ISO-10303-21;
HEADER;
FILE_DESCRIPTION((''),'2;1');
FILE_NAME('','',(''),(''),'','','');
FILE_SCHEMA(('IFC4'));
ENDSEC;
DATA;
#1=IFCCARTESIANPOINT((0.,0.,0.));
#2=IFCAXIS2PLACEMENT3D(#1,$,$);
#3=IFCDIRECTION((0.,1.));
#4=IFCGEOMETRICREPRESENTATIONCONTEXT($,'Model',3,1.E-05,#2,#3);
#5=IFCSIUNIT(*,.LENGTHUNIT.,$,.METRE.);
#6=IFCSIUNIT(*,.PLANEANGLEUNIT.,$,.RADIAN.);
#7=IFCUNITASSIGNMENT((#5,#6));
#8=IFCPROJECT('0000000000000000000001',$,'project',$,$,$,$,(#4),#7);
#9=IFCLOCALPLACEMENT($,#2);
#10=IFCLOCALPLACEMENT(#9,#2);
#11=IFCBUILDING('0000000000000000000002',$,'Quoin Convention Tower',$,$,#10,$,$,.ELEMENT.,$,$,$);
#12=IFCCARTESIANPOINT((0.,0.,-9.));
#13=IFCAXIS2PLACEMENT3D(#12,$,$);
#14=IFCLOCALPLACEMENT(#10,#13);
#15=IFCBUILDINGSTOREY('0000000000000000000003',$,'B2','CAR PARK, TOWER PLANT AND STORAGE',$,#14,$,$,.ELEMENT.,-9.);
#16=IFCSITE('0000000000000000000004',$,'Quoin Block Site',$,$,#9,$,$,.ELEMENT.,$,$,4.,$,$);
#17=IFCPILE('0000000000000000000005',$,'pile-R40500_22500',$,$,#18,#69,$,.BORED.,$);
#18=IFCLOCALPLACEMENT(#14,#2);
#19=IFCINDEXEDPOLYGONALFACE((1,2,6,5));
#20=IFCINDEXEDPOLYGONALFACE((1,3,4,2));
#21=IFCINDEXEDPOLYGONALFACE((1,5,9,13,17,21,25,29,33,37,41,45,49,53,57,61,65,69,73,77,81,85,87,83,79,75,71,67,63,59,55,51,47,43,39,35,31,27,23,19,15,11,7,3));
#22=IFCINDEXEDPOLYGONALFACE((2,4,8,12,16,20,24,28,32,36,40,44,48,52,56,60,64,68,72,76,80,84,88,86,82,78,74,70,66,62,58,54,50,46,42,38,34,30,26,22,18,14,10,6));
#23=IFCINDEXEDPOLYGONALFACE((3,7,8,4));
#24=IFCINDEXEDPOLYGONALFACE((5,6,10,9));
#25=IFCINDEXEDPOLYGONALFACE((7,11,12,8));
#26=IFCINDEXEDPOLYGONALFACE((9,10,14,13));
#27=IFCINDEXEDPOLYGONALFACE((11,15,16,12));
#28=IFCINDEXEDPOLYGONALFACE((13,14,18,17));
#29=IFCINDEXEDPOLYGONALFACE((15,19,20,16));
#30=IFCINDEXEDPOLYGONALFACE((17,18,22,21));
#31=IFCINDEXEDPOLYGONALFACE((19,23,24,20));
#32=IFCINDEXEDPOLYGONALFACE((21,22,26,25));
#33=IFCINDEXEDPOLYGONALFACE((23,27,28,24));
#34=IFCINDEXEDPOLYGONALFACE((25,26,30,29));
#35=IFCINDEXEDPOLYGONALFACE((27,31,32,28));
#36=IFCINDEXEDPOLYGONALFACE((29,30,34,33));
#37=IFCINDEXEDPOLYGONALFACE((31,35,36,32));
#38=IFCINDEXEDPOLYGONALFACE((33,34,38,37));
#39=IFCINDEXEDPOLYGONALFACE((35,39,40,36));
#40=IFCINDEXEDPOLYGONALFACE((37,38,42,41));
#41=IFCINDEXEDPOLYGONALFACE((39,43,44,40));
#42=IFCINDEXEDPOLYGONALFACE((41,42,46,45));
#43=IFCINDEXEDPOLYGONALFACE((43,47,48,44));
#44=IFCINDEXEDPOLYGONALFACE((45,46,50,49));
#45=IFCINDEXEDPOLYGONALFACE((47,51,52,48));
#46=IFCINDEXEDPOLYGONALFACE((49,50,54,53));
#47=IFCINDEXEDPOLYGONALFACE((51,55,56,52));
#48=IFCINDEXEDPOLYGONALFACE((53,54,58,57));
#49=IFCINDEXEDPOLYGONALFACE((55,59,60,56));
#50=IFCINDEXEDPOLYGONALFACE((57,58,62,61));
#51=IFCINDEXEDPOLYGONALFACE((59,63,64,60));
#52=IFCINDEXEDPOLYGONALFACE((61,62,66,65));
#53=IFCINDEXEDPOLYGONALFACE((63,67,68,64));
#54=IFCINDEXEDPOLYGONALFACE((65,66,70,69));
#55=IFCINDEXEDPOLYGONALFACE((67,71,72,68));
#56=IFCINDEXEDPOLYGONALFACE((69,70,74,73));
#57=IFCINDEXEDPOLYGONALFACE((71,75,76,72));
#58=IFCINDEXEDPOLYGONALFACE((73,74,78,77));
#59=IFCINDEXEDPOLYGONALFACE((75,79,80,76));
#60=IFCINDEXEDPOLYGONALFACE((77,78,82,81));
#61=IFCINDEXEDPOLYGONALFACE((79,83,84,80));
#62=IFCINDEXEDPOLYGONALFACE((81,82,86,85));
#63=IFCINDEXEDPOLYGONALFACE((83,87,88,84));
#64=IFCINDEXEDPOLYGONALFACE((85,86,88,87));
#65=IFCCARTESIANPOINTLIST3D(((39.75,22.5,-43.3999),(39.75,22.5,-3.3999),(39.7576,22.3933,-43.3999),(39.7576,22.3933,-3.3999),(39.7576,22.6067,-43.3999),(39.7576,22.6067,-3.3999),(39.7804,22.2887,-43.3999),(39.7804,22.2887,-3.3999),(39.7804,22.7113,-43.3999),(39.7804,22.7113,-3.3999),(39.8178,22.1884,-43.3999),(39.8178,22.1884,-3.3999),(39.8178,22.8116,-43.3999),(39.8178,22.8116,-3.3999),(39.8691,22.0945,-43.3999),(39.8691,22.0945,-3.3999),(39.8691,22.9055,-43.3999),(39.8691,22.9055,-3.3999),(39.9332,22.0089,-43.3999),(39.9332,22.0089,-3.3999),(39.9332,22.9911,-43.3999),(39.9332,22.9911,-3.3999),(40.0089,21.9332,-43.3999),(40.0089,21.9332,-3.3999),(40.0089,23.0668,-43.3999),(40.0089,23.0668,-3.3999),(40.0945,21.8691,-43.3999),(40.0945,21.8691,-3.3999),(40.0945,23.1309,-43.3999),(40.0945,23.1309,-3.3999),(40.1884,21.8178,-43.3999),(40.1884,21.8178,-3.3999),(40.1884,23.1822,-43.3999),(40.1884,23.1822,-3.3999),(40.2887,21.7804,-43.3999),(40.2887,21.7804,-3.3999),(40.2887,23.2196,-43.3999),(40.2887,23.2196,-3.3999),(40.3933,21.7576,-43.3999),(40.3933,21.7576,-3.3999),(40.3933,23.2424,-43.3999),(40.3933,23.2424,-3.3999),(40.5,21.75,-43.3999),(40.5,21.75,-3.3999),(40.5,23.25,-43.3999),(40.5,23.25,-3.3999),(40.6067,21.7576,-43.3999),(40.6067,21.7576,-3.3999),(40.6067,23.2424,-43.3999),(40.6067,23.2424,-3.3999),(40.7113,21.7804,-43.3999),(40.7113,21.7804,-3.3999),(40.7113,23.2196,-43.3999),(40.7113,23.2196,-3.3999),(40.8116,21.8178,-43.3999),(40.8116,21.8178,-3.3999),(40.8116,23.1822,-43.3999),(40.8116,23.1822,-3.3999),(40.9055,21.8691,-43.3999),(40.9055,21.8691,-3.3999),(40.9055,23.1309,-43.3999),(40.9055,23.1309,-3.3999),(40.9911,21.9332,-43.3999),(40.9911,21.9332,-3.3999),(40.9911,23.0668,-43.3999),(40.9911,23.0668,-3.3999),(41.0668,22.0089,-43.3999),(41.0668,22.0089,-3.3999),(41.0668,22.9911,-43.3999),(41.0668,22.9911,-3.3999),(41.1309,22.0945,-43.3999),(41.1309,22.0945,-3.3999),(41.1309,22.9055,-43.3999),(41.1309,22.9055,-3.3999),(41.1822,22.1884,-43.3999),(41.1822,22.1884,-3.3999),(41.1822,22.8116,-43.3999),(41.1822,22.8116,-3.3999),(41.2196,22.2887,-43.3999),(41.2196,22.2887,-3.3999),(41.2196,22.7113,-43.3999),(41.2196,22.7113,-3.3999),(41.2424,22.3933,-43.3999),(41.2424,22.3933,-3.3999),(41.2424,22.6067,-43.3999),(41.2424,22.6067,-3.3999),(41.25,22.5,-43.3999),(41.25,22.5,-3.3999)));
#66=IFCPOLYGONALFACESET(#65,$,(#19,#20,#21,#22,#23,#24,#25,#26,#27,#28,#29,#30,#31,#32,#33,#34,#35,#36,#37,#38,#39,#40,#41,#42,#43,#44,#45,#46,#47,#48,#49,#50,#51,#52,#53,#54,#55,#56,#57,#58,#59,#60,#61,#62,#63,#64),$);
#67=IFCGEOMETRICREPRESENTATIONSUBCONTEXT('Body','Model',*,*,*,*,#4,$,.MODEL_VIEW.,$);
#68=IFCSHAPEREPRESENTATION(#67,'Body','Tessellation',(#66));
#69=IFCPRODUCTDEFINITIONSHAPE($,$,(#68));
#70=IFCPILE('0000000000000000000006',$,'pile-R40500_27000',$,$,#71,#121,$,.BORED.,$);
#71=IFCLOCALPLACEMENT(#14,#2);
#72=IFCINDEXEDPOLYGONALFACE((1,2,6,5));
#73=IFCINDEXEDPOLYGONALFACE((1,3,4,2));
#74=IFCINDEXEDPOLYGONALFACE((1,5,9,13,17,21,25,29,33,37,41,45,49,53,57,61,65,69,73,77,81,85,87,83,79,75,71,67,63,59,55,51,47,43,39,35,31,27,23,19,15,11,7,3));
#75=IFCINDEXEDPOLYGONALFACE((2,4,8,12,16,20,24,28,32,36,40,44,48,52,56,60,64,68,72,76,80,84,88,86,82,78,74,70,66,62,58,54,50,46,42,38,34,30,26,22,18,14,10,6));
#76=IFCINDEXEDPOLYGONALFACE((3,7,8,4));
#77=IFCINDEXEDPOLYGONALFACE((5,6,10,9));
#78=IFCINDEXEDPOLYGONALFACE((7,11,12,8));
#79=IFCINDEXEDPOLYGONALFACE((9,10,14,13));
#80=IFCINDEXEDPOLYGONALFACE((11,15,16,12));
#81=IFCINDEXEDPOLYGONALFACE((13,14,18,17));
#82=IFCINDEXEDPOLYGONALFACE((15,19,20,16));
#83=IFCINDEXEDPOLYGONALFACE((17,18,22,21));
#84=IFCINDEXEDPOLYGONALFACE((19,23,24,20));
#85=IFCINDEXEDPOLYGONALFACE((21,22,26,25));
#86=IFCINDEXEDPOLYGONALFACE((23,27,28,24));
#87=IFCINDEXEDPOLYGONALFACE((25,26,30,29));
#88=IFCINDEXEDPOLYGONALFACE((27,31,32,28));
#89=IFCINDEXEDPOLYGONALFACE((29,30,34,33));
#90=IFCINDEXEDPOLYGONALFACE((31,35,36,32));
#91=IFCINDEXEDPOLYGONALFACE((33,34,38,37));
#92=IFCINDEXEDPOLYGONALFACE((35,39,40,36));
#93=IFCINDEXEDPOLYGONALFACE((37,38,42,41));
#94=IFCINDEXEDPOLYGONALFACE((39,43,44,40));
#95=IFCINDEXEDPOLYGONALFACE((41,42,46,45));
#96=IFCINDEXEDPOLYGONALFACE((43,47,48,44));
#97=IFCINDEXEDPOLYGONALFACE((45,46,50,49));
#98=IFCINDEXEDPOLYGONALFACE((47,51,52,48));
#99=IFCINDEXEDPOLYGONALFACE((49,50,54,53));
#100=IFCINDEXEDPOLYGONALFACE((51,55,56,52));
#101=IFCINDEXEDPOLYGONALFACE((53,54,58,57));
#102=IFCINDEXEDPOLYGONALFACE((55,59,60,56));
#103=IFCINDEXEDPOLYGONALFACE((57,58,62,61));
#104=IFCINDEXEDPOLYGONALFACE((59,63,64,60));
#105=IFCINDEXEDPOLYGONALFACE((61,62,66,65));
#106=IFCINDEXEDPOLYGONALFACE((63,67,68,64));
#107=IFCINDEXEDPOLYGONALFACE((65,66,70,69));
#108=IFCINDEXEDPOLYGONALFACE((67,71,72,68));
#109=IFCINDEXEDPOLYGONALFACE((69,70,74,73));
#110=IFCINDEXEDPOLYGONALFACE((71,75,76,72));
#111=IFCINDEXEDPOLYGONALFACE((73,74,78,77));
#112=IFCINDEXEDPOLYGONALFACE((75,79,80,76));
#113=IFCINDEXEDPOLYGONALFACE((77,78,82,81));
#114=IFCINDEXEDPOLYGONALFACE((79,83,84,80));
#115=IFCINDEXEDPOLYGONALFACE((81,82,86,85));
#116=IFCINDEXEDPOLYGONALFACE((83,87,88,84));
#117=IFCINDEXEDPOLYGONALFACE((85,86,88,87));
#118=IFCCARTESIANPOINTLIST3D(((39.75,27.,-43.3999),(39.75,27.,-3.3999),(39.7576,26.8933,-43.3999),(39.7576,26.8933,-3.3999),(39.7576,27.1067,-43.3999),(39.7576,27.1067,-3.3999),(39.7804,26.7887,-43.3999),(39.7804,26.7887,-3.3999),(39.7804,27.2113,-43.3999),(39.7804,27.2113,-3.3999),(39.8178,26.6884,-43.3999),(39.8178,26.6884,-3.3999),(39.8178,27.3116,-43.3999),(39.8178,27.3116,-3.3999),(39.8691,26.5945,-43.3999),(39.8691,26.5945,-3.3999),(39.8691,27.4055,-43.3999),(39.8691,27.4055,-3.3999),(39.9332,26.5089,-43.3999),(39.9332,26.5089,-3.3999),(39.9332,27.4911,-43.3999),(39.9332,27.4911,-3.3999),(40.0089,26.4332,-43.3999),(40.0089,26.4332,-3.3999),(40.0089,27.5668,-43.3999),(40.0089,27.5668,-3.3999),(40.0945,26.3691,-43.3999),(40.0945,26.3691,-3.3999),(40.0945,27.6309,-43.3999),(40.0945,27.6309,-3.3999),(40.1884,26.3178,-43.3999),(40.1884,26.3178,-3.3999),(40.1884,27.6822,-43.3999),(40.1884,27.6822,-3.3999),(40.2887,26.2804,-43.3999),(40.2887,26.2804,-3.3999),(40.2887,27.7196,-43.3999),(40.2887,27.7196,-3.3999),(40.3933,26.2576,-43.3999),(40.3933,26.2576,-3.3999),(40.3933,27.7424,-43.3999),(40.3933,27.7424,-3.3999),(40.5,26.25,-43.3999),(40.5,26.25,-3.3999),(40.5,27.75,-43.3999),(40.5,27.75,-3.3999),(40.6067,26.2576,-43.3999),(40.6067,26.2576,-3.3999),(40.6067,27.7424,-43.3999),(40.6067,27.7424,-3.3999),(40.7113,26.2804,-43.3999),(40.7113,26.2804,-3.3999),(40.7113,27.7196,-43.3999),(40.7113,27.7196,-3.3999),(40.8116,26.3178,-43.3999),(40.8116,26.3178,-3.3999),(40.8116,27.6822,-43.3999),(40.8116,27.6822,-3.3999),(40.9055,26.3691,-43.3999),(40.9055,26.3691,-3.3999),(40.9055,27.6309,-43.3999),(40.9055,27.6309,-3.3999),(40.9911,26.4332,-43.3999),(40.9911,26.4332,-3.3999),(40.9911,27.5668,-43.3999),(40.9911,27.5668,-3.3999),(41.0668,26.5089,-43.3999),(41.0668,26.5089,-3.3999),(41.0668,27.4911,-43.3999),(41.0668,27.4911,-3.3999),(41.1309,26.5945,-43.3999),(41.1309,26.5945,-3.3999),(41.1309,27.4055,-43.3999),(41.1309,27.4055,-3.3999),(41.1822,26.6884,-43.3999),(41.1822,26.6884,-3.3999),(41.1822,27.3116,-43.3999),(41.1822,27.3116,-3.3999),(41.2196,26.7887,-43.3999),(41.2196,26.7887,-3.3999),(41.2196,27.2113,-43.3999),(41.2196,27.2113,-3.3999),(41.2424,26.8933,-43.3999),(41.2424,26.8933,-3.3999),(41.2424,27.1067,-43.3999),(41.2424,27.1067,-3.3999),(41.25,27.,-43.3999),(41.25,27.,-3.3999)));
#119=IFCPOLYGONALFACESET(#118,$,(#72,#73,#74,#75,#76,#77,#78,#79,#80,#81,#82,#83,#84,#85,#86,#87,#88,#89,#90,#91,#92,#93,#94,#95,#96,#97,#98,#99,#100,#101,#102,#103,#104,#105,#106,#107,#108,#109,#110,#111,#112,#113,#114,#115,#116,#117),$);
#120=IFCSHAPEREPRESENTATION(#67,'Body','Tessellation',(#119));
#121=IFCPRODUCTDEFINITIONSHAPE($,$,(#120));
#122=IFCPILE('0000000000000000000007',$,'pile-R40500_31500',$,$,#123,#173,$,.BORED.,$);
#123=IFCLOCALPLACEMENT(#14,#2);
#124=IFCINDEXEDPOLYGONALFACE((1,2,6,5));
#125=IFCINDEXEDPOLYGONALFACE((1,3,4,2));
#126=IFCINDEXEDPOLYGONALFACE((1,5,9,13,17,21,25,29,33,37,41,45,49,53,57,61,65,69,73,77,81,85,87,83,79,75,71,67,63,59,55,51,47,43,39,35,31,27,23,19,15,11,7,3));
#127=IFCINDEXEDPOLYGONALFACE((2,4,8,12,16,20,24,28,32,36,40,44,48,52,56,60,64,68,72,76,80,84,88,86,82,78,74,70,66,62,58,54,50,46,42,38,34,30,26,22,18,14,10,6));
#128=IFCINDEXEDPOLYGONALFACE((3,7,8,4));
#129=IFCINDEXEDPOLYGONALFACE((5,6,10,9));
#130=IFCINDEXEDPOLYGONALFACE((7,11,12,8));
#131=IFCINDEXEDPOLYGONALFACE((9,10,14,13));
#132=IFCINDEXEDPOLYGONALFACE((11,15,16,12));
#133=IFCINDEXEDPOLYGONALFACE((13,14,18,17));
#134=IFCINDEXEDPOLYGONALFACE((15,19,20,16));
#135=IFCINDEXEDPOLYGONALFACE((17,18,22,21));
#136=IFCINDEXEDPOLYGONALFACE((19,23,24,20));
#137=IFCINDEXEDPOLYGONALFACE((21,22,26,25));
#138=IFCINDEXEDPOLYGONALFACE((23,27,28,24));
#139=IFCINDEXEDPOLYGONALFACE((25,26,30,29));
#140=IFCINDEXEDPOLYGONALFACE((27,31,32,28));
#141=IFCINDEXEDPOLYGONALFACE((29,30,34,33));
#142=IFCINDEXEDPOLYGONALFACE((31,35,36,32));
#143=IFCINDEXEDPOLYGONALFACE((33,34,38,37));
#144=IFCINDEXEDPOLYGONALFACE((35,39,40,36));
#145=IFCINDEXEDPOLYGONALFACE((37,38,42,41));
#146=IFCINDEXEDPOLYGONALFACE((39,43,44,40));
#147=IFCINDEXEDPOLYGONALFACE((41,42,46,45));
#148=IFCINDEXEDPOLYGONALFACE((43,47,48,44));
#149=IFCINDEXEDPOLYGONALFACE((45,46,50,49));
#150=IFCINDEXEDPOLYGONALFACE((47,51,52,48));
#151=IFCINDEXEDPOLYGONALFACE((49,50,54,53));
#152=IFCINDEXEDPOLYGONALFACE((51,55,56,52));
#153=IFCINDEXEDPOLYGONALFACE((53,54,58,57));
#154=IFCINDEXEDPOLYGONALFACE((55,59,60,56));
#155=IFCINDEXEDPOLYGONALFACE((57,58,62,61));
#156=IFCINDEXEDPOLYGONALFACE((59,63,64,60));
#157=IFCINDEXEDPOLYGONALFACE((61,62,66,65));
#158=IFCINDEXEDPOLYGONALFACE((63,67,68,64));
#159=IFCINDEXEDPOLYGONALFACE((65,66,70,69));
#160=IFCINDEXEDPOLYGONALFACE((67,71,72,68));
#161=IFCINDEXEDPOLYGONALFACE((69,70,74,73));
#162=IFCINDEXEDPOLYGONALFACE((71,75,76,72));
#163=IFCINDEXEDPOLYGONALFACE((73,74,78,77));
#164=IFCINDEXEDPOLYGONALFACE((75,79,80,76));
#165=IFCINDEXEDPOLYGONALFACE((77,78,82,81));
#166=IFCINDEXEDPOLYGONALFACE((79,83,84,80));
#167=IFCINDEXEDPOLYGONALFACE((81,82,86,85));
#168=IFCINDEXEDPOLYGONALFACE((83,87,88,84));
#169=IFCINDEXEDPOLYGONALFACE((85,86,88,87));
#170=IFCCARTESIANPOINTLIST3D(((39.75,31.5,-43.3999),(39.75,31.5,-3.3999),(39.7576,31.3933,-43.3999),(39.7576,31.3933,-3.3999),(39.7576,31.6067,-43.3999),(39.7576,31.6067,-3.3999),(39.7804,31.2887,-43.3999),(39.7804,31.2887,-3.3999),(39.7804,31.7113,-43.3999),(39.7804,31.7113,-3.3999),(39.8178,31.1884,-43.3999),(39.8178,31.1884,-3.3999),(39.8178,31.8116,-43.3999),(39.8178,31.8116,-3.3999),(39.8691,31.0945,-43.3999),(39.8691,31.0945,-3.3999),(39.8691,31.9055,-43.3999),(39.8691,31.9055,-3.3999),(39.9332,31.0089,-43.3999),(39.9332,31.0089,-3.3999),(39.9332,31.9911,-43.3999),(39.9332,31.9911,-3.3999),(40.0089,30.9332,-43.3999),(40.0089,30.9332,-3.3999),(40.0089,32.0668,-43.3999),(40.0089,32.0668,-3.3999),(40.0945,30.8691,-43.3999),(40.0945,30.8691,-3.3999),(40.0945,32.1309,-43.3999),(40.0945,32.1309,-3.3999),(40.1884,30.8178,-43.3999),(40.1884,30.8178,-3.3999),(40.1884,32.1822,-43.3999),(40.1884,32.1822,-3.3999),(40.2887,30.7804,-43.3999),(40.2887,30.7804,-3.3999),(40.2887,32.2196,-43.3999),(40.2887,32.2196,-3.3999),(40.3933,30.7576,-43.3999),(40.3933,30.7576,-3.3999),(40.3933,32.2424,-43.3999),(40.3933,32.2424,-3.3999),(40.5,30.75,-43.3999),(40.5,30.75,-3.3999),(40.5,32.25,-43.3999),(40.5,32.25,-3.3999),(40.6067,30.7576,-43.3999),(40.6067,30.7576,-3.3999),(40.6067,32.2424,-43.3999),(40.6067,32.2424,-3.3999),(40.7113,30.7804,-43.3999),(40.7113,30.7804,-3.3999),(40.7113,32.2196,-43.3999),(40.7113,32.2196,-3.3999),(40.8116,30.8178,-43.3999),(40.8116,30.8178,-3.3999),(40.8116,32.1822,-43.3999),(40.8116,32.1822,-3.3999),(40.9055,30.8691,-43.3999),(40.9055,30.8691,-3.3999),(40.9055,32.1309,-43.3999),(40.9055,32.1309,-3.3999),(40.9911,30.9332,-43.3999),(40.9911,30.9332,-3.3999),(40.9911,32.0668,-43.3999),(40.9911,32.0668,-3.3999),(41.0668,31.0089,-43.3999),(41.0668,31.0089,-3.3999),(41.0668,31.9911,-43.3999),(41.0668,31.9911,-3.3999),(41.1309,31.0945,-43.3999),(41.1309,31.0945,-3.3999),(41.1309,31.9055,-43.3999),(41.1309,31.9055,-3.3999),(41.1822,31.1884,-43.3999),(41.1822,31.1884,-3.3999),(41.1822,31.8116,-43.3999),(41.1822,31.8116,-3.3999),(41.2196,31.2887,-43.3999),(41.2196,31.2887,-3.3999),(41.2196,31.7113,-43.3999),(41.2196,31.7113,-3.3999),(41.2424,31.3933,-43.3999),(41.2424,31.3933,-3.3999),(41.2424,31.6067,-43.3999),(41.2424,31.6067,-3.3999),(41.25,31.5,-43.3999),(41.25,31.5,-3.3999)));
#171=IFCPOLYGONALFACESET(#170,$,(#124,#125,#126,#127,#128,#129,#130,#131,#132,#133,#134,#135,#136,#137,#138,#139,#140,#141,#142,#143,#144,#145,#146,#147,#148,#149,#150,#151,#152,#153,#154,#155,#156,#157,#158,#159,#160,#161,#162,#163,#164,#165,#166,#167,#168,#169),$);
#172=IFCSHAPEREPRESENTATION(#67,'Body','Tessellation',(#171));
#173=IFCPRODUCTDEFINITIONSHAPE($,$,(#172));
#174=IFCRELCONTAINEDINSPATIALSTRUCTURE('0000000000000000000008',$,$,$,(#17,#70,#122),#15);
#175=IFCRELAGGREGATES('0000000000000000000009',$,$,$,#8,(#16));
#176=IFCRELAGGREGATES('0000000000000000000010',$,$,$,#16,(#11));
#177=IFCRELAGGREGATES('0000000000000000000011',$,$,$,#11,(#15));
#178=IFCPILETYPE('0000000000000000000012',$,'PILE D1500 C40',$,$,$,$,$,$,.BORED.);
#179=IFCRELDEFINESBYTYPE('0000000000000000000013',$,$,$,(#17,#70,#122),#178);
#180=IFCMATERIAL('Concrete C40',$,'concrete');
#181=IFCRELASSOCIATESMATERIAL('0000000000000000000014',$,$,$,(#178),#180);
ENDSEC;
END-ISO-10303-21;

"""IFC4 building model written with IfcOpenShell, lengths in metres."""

from ifc_helpers import new_model, si_unit, direction, frame, origin, origin_2d, place, context, subcontext, project, spatial, circle, extrude, material, material_profile, profile_set, type_object, element, save


model = new_model("IFC4")

# Units and contexts
model_context = context("Model", 3, precision=1e-05, world=origin(), true_north=direction((0.0, 1.0)))
body_context = subcontext(model_context, "Body", "Model", "MODEL_VIEW")
ifc_project = project(units=[si_unit("LENGTHUNIT", "METRE"), si_unit("PLANEANGLEUNIT", "RADIAN")], contexts=[model_context])

# Site, building, storey
site_placement = place(None, origin())
site = spatial("IfcSite", under=ifc_project, at=site_placement, Name="Quoin Block Site", CompositionType="ELEMENT", RefElevation=4.0)
building_placement = place(site_placement, origin())
building = spatial("IfcBuilding", under=site, at=building_placement, Name="Quoin Convention Tower", CompositionType="ELEMENT")
storey_placement = place(building_placement, frame((0.0, 0.0, -9.0)))
storey = spatial("IfcBuildingStorey", under=building, at=storey_placement, Name="B2", Description="CAR PARK, TOWER PLANT AND STORAGE", CompositionType="ELEMENT", Elevation=-9.0)

# Piles
ifc_material_1 = material(Name="Concrete C40", Category="concrete")
ifc_material_profile_1 = material_profile(ifc_material_1, circle(Radius=0.75, at=origin_2d()), Name="D1500")
ifc_profile_set_1 = profile_set([ifc_material_profile_1], Name="Concrete C40")
pile_type = type_object("IfcPileType", Name="PILE D1500 C40", PredefinedType="BORED", material=ifc_profile_set_1)
for number, where, z_axis, x_axis, name in (
    (1, (40.5, 22.5, -3.3999), (0.0, 0.0, -1.0), (1.0, 0.0, 0.0), "pile-R40500_22500"),
    (2, (40.5, 27.0, -3.3999), (0.0, 0.0, -1.0), (1.0, 0.0, 0.0), "pile-R40500_27000"),
    (3, (40.5, 31.5, -3.3999), (0.0, 0.0, -1.0), (1.0, 0.0, 0.0), "pile-R40500_31500"),
):
    element("IfcPile", number, at=place(storey_placement, frame(where, z_axis=z_axis, x_axis=x_axis)), inside=storey, type_object=pile_type, Name=name, PredefinedType="BORED", context=body_context, shape_type="SweptSolid", body=[
        extrude(circle(Radius=0.75, at=origin_2d()), origin(), (0.0, 0.0, 1.0), 40.0),
    ])

save(model, "model.ifc")
